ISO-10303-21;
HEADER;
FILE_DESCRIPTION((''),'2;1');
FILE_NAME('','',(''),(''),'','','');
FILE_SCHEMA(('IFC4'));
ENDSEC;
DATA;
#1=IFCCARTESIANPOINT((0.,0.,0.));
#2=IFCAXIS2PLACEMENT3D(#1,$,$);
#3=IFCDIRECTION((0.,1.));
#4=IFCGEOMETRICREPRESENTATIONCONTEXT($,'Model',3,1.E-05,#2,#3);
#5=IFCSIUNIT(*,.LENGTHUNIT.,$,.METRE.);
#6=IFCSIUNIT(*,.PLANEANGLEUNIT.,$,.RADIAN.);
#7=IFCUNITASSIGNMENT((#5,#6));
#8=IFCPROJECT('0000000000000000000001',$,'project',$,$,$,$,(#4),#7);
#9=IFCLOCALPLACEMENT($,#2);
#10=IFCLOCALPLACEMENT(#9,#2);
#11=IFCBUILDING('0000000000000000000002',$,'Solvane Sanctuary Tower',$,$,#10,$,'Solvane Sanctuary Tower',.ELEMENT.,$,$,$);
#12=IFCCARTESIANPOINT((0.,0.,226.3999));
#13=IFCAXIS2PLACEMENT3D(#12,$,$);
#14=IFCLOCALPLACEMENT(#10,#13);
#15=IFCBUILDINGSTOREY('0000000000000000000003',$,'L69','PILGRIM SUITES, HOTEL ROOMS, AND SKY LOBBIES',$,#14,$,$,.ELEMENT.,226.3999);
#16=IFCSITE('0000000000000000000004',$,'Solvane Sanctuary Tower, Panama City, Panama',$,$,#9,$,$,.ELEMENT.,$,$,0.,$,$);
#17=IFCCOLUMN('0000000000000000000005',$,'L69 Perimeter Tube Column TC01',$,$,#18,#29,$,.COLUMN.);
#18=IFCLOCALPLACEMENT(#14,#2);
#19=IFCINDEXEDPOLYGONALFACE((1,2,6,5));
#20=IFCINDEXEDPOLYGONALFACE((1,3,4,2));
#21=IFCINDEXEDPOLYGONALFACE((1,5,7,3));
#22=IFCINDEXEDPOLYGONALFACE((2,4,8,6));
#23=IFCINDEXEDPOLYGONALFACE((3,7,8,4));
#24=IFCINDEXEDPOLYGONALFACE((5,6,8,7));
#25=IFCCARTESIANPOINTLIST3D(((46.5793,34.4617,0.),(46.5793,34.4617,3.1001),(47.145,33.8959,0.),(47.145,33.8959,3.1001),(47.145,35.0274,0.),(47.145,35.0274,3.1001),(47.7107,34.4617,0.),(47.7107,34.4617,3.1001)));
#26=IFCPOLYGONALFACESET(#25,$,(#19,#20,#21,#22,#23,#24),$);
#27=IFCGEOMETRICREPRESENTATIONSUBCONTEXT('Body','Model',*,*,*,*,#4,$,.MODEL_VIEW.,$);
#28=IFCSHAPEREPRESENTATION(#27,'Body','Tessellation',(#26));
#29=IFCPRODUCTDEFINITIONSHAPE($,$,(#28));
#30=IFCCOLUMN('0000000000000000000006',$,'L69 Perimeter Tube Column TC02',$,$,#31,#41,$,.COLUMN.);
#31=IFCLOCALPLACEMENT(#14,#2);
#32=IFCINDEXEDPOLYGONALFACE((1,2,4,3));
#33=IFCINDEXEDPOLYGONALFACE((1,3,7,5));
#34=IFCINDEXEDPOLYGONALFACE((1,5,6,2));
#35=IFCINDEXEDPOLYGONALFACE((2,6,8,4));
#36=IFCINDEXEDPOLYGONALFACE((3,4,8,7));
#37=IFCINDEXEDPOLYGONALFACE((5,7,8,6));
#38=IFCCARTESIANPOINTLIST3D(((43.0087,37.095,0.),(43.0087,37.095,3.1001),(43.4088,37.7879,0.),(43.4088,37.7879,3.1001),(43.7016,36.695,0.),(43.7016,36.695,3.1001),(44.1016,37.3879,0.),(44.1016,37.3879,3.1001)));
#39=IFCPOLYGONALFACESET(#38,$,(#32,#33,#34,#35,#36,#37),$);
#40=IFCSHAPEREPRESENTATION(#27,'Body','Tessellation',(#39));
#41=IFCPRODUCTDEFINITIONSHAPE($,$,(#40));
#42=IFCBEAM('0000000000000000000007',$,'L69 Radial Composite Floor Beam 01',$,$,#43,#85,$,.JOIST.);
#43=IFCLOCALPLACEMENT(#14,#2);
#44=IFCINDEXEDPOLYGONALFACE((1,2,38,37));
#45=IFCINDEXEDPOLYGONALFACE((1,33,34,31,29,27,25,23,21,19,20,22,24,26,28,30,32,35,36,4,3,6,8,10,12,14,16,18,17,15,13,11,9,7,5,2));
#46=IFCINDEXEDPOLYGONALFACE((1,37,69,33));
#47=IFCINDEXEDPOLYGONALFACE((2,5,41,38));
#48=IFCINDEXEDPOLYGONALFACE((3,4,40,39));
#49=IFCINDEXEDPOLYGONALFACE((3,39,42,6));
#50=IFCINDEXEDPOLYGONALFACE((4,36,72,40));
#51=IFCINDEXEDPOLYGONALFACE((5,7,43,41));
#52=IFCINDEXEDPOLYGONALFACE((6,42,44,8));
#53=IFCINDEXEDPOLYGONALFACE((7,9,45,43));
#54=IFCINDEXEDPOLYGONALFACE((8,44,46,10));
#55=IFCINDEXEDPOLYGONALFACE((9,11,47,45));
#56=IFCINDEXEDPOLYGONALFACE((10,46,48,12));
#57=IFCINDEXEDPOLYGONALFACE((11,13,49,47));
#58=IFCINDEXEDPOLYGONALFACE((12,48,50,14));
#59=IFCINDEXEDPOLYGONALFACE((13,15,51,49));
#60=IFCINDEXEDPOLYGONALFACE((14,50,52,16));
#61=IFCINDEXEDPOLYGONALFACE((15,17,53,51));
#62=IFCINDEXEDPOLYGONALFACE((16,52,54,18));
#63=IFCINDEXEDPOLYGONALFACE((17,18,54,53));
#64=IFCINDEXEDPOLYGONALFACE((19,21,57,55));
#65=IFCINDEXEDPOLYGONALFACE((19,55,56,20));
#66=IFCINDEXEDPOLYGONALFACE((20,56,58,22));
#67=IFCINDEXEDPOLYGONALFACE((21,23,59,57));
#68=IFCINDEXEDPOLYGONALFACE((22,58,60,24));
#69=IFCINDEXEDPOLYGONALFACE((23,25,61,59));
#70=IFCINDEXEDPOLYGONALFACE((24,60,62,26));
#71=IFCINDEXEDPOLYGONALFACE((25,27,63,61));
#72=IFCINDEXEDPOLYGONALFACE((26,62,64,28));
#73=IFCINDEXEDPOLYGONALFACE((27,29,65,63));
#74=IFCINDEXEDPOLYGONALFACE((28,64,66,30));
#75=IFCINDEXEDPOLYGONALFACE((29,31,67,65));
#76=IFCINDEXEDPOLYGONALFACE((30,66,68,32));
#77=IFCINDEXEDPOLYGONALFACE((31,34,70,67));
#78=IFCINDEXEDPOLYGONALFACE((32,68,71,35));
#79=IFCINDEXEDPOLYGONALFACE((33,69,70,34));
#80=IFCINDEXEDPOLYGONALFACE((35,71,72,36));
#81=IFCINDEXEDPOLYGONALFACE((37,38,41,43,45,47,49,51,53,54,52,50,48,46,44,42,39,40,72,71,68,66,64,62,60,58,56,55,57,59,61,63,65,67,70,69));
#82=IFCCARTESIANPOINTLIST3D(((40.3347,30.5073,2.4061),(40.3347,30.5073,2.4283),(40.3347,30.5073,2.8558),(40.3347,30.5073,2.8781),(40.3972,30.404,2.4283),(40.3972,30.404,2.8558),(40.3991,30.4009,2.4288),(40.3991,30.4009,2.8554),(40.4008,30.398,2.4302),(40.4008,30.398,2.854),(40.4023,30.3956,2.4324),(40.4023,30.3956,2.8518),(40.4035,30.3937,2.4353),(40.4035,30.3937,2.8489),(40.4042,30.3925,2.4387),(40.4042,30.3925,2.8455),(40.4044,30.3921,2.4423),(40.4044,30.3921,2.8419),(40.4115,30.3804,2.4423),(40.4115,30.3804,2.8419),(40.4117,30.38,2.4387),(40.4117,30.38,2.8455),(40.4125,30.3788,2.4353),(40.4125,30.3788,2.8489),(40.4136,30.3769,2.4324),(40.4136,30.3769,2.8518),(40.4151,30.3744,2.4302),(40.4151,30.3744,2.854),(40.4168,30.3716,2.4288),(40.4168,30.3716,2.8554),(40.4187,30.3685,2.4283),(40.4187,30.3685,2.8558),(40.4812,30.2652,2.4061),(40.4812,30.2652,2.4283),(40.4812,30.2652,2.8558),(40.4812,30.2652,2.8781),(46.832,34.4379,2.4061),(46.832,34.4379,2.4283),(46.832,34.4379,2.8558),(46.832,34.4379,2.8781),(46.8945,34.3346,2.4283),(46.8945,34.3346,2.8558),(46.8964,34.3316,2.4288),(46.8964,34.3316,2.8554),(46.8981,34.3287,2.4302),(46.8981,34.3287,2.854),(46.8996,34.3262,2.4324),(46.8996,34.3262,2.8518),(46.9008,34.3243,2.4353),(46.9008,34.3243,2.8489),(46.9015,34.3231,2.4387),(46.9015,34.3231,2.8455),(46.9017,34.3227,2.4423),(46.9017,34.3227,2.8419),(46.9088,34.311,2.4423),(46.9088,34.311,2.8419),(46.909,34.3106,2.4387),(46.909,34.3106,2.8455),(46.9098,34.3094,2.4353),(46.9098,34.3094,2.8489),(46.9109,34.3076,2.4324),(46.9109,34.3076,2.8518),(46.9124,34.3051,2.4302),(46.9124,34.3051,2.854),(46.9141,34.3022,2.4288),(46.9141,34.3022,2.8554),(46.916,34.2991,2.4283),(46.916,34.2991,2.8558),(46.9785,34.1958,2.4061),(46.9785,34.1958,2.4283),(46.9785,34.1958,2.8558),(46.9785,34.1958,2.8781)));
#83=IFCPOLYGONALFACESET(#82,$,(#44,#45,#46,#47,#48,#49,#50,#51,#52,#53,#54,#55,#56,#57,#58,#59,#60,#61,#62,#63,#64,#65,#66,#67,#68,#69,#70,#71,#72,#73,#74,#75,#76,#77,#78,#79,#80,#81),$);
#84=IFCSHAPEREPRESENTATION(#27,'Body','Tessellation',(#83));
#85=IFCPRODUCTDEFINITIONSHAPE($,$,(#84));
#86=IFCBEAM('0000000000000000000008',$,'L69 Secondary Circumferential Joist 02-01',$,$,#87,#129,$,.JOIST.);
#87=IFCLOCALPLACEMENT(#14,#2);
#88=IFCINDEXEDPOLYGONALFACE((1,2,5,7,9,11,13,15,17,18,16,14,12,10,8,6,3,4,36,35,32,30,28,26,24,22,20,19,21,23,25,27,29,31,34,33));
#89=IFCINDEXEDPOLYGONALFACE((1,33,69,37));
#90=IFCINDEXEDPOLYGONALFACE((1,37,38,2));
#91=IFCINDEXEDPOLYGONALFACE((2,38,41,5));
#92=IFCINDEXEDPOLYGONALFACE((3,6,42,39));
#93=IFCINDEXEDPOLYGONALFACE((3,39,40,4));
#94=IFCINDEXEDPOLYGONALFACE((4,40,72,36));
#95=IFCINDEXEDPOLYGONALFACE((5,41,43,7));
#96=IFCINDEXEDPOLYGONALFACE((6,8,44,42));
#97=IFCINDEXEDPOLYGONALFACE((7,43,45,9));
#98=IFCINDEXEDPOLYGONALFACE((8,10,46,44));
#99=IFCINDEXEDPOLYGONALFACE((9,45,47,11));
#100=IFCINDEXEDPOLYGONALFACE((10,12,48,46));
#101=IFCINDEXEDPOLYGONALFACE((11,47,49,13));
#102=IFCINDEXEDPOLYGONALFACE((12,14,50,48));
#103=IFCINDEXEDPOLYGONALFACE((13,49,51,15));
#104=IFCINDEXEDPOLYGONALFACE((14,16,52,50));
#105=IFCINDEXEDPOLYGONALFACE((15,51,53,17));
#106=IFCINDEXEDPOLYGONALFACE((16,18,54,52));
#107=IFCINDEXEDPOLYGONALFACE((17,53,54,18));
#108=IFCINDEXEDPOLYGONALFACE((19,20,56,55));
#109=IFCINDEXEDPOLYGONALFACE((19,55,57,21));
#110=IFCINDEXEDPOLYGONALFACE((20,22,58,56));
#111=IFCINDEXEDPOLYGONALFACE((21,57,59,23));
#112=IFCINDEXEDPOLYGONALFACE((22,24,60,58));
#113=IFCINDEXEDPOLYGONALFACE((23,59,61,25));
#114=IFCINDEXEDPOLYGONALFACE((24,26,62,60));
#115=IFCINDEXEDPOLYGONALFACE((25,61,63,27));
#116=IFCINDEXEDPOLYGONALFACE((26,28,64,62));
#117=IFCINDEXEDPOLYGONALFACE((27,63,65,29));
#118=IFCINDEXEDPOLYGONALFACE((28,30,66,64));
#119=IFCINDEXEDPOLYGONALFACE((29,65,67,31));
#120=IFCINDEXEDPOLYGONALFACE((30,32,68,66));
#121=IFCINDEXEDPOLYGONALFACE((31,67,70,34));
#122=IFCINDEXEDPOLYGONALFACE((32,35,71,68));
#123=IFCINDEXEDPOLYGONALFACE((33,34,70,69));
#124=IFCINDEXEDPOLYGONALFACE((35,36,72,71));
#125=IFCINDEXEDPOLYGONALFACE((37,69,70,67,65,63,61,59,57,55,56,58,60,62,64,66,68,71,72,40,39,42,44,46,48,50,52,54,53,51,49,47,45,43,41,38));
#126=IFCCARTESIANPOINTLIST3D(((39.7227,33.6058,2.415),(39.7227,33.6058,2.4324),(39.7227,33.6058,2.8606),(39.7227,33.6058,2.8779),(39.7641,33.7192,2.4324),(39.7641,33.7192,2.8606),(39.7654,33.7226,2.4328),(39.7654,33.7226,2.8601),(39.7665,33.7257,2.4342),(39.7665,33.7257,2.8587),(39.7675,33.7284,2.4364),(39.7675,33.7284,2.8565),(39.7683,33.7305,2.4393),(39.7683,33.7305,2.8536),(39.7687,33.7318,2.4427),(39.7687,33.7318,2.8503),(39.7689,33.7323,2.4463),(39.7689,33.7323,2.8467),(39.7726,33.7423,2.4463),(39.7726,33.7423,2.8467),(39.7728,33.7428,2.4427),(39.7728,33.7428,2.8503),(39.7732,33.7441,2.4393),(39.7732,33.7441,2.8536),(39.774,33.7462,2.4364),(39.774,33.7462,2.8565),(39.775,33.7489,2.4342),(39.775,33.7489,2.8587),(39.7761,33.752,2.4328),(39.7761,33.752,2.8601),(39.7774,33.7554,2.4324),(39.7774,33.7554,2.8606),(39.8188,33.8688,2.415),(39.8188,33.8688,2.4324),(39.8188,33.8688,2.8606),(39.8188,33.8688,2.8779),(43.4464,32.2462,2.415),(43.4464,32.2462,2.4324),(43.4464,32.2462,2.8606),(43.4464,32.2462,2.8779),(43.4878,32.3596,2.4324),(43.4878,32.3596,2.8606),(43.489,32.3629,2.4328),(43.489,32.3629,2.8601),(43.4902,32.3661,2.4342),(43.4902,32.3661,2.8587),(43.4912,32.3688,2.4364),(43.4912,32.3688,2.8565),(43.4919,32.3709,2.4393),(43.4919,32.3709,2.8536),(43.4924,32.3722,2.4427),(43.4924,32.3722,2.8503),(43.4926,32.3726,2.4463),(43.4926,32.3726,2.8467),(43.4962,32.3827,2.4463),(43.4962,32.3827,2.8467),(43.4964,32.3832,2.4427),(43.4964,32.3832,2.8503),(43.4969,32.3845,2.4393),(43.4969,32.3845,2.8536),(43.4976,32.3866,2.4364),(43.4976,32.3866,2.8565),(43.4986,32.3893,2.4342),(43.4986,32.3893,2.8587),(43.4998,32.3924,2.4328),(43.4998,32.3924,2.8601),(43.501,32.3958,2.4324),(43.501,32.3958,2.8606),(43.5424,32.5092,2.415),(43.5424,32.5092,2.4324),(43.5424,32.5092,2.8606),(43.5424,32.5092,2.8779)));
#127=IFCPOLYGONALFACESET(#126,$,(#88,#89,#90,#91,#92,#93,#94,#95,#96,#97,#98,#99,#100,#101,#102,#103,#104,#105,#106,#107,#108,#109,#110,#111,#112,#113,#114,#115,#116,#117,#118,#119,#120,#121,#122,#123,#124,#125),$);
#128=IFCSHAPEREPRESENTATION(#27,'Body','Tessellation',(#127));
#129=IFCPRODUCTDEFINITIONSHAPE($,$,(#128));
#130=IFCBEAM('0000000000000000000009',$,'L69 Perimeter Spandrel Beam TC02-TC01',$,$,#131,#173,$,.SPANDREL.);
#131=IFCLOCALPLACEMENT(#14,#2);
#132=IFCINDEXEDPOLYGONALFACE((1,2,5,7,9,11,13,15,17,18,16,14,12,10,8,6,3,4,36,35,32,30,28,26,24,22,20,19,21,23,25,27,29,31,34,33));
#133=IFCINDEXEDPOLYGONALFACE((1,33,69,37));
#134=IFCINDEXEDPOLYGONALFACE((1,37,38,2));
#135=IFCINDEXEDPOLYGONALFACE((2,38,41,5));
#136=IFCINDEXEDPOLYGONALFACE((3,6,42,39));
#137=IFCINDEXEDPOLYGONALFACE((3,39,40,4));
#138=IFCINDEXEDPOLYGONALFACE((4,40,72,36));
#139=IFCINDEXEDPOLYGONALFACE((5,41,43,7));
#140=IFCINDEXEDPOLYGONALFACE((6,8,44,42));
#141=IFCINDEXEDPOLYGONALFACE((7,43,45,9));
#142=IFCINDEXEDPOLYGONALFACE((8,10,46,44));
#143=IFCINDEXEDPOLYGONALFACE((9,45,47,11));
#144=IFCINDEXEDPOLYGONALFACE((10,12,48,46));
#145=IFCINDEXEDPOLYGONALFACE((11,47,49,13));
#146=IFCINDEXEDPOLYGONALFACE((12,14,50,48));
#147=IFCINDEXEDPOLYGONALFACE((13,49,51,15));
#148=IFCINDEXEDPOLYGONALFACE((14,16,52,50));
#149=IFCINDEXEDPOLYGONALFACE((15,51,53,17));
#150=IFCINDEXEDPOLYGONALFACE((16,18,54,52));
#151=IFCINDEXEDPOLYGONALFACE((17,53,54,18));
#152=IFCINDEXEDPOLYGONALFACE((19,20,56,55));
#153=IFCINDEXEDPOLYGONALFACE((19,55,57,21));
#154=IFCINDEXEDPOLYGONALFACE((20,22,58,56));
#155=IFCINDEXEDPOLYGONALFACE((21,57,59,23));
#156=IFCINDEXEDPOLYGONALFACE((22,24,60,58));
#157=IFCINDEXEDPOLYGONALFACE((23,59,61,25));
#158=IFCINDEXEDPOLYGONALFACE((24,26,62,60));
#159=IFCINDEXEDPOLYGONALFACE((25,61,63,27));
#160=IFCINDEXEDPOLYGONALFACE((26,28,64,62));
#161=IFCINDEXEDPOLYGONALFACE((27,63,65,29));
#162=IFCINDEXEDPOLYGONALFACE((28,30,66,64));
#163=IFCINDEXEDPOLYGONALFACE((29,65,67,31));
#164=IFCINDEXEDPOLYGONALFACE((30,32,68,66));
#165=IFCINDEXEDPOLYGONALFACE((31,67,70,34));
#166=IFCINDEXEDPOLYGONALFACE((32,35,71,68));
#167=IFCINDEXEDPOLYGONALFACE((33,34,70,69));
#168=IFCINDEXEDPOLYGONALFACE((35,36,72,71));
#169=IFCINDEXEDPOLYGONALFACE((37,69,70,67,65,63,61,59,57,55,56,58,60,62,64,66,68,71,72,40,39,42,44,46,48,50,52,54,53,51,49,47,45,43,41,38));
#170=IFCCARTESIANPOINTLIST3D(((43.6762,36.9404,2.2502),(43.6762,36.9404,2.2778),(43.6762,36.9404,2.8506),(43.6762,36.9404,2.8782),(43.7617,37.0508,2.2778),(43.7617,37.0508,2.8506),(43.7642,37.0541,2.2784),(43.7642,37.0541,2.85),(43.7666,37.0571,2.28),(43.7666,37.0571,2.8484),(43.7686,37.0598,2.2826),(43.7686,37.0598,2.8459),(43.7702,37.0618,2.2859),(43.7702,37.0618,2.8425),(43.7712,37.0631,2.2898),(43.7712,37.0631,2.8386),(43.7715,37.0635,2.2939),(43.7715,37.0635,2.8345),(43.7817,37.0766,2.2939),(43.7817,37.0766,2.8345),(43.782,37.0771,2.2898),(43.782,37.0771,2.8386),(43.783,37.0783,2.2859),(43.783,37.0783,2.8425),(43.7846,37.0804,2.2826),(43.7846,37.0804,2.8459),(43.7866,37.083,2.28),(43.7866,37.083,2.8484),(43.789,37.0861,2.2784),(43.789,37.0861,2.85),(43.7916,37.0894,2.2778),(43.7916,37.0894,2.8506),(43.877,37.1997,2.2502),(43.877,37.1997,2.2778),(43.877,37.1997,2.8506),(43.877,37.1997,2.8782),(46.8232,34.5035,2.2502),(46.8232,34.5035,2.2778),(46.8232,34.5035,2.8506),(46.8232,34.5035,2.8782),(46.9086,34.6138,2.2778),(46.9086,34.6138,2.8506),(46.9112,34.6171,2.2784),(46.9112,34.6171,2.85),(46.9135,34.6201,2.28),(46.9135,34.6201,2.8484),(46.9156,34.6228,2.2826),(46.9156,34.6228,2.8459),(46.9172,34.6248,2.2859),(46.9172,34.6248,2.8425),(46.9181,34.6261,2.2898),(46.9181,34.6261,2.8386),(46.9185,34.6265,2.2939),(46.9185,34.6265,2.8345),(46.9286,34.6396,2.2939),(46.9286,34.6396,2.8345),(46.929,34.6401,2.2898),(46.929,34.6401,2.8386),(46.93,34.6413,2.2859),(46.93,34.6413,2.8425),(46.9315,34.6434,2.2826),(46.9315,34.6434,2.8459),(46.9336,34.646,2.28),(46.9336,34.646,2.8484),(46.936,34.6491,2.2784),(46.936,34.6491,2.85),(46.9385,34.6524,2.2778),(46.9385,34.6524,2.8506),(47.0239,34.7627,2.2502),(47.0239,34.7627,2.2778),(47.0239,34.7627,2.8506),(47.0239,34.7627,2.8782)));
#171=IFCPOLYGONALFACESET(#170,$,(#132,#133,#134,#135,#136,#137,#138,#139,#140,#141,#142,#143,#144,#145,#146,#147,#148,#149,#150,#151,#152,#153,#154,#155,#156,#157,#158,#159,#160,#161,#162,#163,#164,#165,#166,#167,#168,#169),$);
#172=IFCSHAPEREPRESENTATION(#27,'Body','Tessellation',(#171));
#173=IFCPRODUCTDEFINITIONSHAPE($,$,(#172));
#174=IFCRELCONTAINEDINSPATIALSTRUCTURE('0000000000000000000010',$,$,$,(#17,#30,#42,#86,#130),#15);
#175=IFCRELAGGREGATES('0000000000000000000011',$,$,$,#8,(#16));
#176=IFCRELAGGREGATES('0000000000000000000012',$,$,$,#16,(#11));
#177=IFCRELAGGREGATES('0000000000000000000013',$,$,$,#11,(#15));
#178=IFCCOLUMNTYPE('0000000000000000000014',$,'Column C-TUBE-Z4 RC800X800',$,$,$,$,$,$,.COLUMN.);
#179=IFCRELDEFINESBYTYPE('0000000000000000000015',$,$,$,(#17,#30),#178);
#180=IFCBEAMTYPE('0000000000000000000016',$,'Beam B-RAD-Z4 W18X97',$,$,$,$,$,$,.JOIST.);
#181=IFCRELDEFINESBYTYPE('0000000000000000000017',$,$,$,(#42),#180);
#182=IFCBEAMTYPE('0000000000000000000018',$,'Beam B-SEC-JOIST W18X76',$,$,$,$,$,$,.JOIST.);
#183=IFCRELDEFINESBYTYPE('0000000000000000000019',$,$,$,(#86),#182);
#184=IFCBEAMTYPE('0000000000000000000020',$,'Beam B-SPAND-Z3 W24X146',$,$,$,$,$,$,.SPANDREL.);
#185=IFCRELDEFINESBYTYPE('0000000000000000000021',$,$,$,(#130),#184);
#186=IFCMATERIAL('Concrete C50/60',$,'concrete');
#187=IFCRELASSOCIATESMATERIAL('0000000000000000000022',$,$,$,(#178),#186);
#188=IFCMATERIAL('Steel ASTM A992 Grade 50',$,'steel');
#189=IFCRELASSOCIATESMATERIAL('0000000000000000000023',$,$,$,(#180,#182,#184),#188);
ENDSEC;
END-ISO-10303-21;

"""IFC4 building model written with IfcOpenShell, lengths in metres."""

from ifc_helpers import new_model, si_unit, direction, frame, origin, origin_2d, place, context, subcontext, project, spatial, rectangle, i_section, extrude, material, material_profile, profile_set, type_object, element, save


model = new_model("IFC4")

# Units and contexts
model_context = context("Model", 3, precision=1e-05, world=origin(), true_north=direction((0.0, 1.0)))
body_context = subcontext(model_context, "Body", "Model", "MODEL_VIEW")
ifc_project = project(units=[si_unit("LENGTHUNIT", "METRE"), si_unit("PLANEANGLEUNIT", "RADIAN")], contexts=[model_context])

# Site, building, storey
site_placement = place(None, origin())
site = spatial("IfcSite", under=ifc_project, at=site_placement, Name="Solvane Sanctuary Tower, Panama City, Panama", CompositionType="ELEMENT", RefElevation=0.0)
building_placement = place(site_placement, origin())
building = spatial("IfcBuilding", under=site, at=building_placement, Name="Solvane Sanctuary Tower", LongName="Solvane Sanctuary Tower", CompositionType="ELEMENT")
storey_placement = place(building_placement, frame((0.0, 0.0, 226.3999)))
storey = spatial("IfcBuildingStorey", under=building, at=storey_placement, Name="L69", Description="PILGRIM SUITES, HOTEL ROOMS, AND SKY LOBBIES", CompositionType="ELEMENT", Elevation=226.3999)

# Columns
ifc_material_1 = material(Name="Concrete C50/60", Category="concrete")
ifc_material_profile_1 = material_profile(ifc_material_1, rectangle(XDim=0.8, YDim=0.8, at=origin_2d()), Name="RC800X800")
ifc_profile_set_1 = profile_set([ifc_material_profile_1], Name="Concrete C50/60")
column_type = type_object("IfcColumnType", Name="Column C-TUBE-Z4 RC800X800", PredefinedType="COLUMN", material=ifc_profile_set_1)
for number, where, z_axis, x_axis, name in (
    (1, (47.145, 34.4617, 0.0), (0.0, 0.0, 1.0), (0.707107, 0.707107, 0.0), "L69 Perimeter Tube Column TC01"),
    (2, (43.5552, 37.2415, 0.0), (0.0, 0.0, 1.0), (0.5, 0.866025, 0.0), "L69 Perimeter Tube Column TC02"),
):
    element("IfcColumn", number, at=place(storey_placement, frame(where, z_axis=z_axis, x_axis=x_axis)), inside=storey, type_object=column_type, Name=name, PredefinedType="COLUMN", context=body_context, shape_type="SweptSolid", body=[
        extrude(rectangle(XDim=0.8, YDim=0.8, at=origin_2d()), origin(), (0.0, 0.0, 1.0), 3.1001),
    ])

# Beams
ifc_material_2 = material(Name="Steel ASTM A992 Grade 50", Category="steel")
ifc_material_profile_2 = material_profile(ifc_material_2, i_section(OverallWidth=0.283, OverallDepth=0.4719, WebThickness=0.0137, FlangeThickness=0.0222, FilletRadius=0.0139, at=origin_2d()), Name="W18X97")
ifc_profile_set_2 = profile_set([ifc_material_profile_2], Name="Steel ASTM A992 Grade 50")
beam_type_1 = type_object("IfcBeamType", Name="Beam B-RAD-Z4 W18X97", PredefinedType="JOIST", material=ifc_profile_set_2)
beam_1_placement = place(storey_placement, frame((40.408, 30.3862, 2.6421), z_axis=(0.855612, 0.517618, 0.0), x_axis=(-0.517618, 0.855612, 0.0)))
element("IfcBeam", 3, at=beam_1_placement, inside=storey, type_object=beam_type_1, Name="L69 Radial Composite Floor Beam 01", PredefinedType="JOIST", context=body_context, shape_type="SweptSolid", body=[
    extrude(i_section(OverallWidth=0.283, OverallDepth=0.4719, WebThickness=0.0137, FlangeThickness=0.0222, FilletRadius=0.0139, at=origin_2d()), origin(), (0.0, 0.0, 1.0), 7.5938),
])
ifc_material_profile_3 = material_profile(ifc_material_2, i_section(OverallWidth=0.28, OverallDepth=0.4629, WebThickness=0.0107, FlangeThickness=0.0173, FilletRadius=0.0139, at=origin_2d()), Name="W18X76")
ifc_profile_set_3 = profile_set([ifc_material_profile_3], Name="Steel ASTM A992 Grade 50")
beam_type_2 = type_object("IfcBeamType", Name="Beam B-SEC-JOIST W18X76", PredefinedType="JOIST", material=ifc_profile_set_3)
beam_2_placement = place(storey_placement, frame((39.7708, 33.7373, 2.6465), z_axis=(0.939341, -0.342984, 0.0), x_axis=(0.342984, 0.939341, 0.0)))
element("IfcBeam", 4, at=beam_2_placement, inside=storey, type_object=beam_type_2, Name="L69 Secondary Circumferential Joist 02-01", PredefinedType="JOIST", context=body_context, shape_type="SweptSolid", body=[
    extrude(i_section(OverallWidth=0.28, OverallDepth=0.4629, WebThickness=0.0107, FlangeThickness=0.0173, FilletRadius=0.0139, at=origin_2d()), origin(), (0.0, 0.0, 1.0), 3.9641),
])
ifc_material_profile_4 = material_profile(ifc_material_2, i_section(OverallWidth=0.3279, OverallDepth=0.6279, WebThickness=0.0166, FlangeThickness=0.0276, FilletRadius=0.0161, at=origin_2d()), Name="W24X146")
ifc_profile_set_4 = profile_set([ifc_material_profile_4], Name="Steel ASTM A992 Grade 50")
beam_type_3 = type_object("IfcBeamType", Name="Beam B-SPAND-Z3 W24X146", PredefinedType="SPANDREL", material=ifc_profile_set_4)
beam_3_placement = place(storey_placement, frame((43.7766, 37.0701, 2.5642), z_axis=(0.790645, -0.612275, 0.0), x_axis=(0.612275, 0.790645, 0.0)))
element("IfcBeam", 5, at=beam_3_placement, inside=storey, type_object=beam_type_3, Name="L69 Perimeter Spandrel Beam TC02-TC01", PredefinedType="SPANDREL", context=body_context, shape_type="SweptSolid", body=[
    extrude(i_section(OverallWidth=0.3279, OverallDepth=0.6279, WebThickness=0.0166, FlangeThickness=0.0276, FilletRadius=0.0161, at=origin_2d()), origin(), (0.0, 0.0, 1.0), 3.9802),
])

save(model, "model.ifc")
